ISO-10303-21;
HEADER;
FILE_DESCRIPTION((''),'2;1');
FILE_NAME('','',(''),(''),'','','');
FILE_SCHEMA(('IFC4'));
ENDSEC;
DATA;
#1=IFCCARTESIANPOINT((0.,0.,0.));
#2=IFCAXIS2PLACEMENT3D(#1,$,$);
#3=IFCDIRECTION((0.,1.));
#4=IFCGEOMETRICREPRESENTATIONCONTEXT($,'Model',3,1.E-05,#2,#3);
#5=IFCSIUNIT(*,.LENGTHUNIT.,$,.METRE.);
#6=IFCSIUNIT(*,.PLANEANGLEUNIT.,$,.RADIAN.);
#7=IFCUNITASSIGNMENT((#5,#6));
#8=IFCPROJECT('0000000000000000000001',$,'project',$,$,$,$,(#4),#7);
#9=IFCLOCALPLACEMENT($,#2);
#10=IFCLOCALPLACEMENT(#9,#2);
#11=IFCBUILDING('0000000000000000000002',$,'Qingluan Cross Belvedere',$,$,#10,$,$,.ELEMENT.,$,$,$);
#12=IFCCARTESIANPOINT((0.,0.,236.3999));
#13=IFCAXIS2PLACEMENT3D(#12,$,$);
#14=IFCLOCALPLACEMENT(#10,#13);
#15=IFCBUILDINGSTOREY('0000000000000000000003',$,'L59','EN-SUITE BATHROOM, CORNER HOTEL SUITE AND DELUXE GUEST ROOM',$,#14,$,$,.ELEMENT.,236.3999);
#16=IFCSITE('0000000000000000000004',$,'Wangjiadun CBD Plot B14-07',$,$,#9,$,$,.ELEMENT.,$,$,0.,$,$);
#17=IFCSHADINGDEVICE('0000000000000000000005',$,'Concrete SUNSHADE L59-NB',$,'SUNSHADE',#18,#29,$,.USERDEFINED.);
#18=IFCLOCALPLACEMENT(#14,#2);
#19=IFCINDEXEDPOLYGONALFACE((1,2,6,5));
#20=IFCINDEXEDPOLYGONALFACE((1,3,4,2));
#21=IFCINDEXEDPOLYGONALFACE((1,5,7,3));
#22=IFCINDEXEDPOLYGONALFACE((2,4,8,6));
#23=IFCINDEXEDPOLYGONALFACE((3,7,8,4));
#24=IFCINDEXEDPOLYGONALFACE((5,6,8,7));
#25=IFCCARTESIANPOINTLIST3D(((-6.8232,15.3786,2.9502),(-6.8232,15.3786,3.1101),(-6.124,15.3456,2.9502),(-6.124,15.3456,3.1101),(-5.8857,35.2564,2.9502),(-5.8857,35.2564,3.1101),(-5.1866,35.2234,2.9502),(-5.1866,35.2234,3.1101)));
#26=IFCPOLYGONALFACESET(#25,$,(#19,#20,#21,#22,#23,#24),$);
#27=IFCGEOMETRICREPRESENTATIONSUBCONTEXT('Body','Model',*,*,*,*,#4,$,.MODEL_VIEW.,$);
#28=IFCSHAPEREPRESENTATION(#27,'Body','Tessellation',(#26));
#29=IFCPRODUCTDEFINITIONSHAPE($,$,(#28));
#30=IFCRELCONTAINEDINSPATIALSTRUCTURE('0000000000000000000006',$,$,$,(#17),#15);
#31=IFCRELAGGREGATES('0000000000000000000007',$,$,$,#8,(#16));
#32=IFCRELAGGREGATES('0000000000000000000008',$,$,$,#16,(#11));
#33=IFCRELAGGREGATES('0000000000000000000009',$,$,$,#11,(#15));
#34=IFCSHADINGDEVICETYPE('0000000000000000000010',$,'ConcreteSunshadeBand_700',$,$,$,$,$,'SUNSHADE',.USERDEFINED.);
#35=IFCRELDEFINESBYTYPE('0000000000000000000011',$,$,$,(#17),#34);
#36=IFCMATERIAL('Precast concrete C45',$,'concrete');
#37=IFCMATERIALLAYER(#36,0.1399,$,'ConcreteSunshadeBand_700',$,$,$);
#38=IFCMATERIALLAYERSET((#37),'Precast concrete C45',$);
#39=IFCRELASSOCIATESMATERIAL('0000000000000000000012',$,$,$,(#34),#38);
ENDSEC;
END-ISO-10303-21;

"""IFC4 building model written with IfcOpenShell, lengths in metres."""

from ifc_helpers import new_model, si_unit, direction, frame, origin, origin_2d, place, context, subcontext, project, spatial, rectangle, extrude, material, layer, layer_set, type_object, element, save


model = new_model("IFC4")

# Units and contexts
model_context = context("Model", 3, precision=1e-05, world=origin(), true_north=direction((0.0, 1.0)))
body_context = subcontext(model_context, "Body", "Model", "MODEL_VIEW")
ifc_project = project(units=[si_unit("LENGTHUNIT", "METRE"), si_unit("PLANEANGLEUNIT", "RADIAN")], contexts=[model_context])

# Site, building, storey
site_placement = place(None, origin())
site = spatial("IfcSite", under=ifc_project, at=site_placement, Name="Wangjiadun CBD Plot B14-07", CompositionType="ELEMENT", RefElevation=0.0)
building_placement = place(site_placement, origin())
building = spatial("IfcBuilding", under=site, at=building_placement, Name="Qingluan Cross Belvedere", CompositionType="ELEMENT")
storey_placement = place(building_placement, frame((0.0, 0.0, 236.3999)))
storey = spatial("IfcBuildingStorey", under=building, at=storey_placement, Name="L59", Description="EN-SUITE BATHROOM, CORNER HOTEL SUITE AND DELUXE GUEST ROOM", CompositionType="ELEMENT", Elevation=236.3999)

# Shading device
ifc_material_1 = material(Name="Precast concrete C45", Category="concrete")
ifc_layer_1 = layer(ifc_material_1, 0.1399, Name="ConcreteSunshadeBand_700")
ifc_layer_set_1 = layer_set([ifc_layer_1], Name="Precast concrete C45")
shading_device_type = type_object("IfcShadingDeviceType", Name="ConcreteSunshadeBand_700", ElementType="SUNSHADE", PredefinedType="USERDEFINED", material=ifc_layer_set_1)
shading_device_placement = place(storey_placement, frame((-6.0049, 25.301, 2.9502), z_axis=(0.0, 0.0, 1.0), x_axis=(-0.047109, -0.99889, 0.0)))
element("IfcShadingDevice", 1, at=shading_device_placement, inside=storey, type_object=shading_device_type, Name="Concrete SUNSHADE L59-NB", ObjectType="SUNSHADE", PredefinedType="USERDEFINED", context=body_context, shape_type="SweptSolid", body=[
    extrude(rectangle(XDim=19.8999, YDim=0.7, at=origin_2d()), origin(), (0.0, 0.0, 1.0), 0.1599),
])

save(model, "model.ifc")
